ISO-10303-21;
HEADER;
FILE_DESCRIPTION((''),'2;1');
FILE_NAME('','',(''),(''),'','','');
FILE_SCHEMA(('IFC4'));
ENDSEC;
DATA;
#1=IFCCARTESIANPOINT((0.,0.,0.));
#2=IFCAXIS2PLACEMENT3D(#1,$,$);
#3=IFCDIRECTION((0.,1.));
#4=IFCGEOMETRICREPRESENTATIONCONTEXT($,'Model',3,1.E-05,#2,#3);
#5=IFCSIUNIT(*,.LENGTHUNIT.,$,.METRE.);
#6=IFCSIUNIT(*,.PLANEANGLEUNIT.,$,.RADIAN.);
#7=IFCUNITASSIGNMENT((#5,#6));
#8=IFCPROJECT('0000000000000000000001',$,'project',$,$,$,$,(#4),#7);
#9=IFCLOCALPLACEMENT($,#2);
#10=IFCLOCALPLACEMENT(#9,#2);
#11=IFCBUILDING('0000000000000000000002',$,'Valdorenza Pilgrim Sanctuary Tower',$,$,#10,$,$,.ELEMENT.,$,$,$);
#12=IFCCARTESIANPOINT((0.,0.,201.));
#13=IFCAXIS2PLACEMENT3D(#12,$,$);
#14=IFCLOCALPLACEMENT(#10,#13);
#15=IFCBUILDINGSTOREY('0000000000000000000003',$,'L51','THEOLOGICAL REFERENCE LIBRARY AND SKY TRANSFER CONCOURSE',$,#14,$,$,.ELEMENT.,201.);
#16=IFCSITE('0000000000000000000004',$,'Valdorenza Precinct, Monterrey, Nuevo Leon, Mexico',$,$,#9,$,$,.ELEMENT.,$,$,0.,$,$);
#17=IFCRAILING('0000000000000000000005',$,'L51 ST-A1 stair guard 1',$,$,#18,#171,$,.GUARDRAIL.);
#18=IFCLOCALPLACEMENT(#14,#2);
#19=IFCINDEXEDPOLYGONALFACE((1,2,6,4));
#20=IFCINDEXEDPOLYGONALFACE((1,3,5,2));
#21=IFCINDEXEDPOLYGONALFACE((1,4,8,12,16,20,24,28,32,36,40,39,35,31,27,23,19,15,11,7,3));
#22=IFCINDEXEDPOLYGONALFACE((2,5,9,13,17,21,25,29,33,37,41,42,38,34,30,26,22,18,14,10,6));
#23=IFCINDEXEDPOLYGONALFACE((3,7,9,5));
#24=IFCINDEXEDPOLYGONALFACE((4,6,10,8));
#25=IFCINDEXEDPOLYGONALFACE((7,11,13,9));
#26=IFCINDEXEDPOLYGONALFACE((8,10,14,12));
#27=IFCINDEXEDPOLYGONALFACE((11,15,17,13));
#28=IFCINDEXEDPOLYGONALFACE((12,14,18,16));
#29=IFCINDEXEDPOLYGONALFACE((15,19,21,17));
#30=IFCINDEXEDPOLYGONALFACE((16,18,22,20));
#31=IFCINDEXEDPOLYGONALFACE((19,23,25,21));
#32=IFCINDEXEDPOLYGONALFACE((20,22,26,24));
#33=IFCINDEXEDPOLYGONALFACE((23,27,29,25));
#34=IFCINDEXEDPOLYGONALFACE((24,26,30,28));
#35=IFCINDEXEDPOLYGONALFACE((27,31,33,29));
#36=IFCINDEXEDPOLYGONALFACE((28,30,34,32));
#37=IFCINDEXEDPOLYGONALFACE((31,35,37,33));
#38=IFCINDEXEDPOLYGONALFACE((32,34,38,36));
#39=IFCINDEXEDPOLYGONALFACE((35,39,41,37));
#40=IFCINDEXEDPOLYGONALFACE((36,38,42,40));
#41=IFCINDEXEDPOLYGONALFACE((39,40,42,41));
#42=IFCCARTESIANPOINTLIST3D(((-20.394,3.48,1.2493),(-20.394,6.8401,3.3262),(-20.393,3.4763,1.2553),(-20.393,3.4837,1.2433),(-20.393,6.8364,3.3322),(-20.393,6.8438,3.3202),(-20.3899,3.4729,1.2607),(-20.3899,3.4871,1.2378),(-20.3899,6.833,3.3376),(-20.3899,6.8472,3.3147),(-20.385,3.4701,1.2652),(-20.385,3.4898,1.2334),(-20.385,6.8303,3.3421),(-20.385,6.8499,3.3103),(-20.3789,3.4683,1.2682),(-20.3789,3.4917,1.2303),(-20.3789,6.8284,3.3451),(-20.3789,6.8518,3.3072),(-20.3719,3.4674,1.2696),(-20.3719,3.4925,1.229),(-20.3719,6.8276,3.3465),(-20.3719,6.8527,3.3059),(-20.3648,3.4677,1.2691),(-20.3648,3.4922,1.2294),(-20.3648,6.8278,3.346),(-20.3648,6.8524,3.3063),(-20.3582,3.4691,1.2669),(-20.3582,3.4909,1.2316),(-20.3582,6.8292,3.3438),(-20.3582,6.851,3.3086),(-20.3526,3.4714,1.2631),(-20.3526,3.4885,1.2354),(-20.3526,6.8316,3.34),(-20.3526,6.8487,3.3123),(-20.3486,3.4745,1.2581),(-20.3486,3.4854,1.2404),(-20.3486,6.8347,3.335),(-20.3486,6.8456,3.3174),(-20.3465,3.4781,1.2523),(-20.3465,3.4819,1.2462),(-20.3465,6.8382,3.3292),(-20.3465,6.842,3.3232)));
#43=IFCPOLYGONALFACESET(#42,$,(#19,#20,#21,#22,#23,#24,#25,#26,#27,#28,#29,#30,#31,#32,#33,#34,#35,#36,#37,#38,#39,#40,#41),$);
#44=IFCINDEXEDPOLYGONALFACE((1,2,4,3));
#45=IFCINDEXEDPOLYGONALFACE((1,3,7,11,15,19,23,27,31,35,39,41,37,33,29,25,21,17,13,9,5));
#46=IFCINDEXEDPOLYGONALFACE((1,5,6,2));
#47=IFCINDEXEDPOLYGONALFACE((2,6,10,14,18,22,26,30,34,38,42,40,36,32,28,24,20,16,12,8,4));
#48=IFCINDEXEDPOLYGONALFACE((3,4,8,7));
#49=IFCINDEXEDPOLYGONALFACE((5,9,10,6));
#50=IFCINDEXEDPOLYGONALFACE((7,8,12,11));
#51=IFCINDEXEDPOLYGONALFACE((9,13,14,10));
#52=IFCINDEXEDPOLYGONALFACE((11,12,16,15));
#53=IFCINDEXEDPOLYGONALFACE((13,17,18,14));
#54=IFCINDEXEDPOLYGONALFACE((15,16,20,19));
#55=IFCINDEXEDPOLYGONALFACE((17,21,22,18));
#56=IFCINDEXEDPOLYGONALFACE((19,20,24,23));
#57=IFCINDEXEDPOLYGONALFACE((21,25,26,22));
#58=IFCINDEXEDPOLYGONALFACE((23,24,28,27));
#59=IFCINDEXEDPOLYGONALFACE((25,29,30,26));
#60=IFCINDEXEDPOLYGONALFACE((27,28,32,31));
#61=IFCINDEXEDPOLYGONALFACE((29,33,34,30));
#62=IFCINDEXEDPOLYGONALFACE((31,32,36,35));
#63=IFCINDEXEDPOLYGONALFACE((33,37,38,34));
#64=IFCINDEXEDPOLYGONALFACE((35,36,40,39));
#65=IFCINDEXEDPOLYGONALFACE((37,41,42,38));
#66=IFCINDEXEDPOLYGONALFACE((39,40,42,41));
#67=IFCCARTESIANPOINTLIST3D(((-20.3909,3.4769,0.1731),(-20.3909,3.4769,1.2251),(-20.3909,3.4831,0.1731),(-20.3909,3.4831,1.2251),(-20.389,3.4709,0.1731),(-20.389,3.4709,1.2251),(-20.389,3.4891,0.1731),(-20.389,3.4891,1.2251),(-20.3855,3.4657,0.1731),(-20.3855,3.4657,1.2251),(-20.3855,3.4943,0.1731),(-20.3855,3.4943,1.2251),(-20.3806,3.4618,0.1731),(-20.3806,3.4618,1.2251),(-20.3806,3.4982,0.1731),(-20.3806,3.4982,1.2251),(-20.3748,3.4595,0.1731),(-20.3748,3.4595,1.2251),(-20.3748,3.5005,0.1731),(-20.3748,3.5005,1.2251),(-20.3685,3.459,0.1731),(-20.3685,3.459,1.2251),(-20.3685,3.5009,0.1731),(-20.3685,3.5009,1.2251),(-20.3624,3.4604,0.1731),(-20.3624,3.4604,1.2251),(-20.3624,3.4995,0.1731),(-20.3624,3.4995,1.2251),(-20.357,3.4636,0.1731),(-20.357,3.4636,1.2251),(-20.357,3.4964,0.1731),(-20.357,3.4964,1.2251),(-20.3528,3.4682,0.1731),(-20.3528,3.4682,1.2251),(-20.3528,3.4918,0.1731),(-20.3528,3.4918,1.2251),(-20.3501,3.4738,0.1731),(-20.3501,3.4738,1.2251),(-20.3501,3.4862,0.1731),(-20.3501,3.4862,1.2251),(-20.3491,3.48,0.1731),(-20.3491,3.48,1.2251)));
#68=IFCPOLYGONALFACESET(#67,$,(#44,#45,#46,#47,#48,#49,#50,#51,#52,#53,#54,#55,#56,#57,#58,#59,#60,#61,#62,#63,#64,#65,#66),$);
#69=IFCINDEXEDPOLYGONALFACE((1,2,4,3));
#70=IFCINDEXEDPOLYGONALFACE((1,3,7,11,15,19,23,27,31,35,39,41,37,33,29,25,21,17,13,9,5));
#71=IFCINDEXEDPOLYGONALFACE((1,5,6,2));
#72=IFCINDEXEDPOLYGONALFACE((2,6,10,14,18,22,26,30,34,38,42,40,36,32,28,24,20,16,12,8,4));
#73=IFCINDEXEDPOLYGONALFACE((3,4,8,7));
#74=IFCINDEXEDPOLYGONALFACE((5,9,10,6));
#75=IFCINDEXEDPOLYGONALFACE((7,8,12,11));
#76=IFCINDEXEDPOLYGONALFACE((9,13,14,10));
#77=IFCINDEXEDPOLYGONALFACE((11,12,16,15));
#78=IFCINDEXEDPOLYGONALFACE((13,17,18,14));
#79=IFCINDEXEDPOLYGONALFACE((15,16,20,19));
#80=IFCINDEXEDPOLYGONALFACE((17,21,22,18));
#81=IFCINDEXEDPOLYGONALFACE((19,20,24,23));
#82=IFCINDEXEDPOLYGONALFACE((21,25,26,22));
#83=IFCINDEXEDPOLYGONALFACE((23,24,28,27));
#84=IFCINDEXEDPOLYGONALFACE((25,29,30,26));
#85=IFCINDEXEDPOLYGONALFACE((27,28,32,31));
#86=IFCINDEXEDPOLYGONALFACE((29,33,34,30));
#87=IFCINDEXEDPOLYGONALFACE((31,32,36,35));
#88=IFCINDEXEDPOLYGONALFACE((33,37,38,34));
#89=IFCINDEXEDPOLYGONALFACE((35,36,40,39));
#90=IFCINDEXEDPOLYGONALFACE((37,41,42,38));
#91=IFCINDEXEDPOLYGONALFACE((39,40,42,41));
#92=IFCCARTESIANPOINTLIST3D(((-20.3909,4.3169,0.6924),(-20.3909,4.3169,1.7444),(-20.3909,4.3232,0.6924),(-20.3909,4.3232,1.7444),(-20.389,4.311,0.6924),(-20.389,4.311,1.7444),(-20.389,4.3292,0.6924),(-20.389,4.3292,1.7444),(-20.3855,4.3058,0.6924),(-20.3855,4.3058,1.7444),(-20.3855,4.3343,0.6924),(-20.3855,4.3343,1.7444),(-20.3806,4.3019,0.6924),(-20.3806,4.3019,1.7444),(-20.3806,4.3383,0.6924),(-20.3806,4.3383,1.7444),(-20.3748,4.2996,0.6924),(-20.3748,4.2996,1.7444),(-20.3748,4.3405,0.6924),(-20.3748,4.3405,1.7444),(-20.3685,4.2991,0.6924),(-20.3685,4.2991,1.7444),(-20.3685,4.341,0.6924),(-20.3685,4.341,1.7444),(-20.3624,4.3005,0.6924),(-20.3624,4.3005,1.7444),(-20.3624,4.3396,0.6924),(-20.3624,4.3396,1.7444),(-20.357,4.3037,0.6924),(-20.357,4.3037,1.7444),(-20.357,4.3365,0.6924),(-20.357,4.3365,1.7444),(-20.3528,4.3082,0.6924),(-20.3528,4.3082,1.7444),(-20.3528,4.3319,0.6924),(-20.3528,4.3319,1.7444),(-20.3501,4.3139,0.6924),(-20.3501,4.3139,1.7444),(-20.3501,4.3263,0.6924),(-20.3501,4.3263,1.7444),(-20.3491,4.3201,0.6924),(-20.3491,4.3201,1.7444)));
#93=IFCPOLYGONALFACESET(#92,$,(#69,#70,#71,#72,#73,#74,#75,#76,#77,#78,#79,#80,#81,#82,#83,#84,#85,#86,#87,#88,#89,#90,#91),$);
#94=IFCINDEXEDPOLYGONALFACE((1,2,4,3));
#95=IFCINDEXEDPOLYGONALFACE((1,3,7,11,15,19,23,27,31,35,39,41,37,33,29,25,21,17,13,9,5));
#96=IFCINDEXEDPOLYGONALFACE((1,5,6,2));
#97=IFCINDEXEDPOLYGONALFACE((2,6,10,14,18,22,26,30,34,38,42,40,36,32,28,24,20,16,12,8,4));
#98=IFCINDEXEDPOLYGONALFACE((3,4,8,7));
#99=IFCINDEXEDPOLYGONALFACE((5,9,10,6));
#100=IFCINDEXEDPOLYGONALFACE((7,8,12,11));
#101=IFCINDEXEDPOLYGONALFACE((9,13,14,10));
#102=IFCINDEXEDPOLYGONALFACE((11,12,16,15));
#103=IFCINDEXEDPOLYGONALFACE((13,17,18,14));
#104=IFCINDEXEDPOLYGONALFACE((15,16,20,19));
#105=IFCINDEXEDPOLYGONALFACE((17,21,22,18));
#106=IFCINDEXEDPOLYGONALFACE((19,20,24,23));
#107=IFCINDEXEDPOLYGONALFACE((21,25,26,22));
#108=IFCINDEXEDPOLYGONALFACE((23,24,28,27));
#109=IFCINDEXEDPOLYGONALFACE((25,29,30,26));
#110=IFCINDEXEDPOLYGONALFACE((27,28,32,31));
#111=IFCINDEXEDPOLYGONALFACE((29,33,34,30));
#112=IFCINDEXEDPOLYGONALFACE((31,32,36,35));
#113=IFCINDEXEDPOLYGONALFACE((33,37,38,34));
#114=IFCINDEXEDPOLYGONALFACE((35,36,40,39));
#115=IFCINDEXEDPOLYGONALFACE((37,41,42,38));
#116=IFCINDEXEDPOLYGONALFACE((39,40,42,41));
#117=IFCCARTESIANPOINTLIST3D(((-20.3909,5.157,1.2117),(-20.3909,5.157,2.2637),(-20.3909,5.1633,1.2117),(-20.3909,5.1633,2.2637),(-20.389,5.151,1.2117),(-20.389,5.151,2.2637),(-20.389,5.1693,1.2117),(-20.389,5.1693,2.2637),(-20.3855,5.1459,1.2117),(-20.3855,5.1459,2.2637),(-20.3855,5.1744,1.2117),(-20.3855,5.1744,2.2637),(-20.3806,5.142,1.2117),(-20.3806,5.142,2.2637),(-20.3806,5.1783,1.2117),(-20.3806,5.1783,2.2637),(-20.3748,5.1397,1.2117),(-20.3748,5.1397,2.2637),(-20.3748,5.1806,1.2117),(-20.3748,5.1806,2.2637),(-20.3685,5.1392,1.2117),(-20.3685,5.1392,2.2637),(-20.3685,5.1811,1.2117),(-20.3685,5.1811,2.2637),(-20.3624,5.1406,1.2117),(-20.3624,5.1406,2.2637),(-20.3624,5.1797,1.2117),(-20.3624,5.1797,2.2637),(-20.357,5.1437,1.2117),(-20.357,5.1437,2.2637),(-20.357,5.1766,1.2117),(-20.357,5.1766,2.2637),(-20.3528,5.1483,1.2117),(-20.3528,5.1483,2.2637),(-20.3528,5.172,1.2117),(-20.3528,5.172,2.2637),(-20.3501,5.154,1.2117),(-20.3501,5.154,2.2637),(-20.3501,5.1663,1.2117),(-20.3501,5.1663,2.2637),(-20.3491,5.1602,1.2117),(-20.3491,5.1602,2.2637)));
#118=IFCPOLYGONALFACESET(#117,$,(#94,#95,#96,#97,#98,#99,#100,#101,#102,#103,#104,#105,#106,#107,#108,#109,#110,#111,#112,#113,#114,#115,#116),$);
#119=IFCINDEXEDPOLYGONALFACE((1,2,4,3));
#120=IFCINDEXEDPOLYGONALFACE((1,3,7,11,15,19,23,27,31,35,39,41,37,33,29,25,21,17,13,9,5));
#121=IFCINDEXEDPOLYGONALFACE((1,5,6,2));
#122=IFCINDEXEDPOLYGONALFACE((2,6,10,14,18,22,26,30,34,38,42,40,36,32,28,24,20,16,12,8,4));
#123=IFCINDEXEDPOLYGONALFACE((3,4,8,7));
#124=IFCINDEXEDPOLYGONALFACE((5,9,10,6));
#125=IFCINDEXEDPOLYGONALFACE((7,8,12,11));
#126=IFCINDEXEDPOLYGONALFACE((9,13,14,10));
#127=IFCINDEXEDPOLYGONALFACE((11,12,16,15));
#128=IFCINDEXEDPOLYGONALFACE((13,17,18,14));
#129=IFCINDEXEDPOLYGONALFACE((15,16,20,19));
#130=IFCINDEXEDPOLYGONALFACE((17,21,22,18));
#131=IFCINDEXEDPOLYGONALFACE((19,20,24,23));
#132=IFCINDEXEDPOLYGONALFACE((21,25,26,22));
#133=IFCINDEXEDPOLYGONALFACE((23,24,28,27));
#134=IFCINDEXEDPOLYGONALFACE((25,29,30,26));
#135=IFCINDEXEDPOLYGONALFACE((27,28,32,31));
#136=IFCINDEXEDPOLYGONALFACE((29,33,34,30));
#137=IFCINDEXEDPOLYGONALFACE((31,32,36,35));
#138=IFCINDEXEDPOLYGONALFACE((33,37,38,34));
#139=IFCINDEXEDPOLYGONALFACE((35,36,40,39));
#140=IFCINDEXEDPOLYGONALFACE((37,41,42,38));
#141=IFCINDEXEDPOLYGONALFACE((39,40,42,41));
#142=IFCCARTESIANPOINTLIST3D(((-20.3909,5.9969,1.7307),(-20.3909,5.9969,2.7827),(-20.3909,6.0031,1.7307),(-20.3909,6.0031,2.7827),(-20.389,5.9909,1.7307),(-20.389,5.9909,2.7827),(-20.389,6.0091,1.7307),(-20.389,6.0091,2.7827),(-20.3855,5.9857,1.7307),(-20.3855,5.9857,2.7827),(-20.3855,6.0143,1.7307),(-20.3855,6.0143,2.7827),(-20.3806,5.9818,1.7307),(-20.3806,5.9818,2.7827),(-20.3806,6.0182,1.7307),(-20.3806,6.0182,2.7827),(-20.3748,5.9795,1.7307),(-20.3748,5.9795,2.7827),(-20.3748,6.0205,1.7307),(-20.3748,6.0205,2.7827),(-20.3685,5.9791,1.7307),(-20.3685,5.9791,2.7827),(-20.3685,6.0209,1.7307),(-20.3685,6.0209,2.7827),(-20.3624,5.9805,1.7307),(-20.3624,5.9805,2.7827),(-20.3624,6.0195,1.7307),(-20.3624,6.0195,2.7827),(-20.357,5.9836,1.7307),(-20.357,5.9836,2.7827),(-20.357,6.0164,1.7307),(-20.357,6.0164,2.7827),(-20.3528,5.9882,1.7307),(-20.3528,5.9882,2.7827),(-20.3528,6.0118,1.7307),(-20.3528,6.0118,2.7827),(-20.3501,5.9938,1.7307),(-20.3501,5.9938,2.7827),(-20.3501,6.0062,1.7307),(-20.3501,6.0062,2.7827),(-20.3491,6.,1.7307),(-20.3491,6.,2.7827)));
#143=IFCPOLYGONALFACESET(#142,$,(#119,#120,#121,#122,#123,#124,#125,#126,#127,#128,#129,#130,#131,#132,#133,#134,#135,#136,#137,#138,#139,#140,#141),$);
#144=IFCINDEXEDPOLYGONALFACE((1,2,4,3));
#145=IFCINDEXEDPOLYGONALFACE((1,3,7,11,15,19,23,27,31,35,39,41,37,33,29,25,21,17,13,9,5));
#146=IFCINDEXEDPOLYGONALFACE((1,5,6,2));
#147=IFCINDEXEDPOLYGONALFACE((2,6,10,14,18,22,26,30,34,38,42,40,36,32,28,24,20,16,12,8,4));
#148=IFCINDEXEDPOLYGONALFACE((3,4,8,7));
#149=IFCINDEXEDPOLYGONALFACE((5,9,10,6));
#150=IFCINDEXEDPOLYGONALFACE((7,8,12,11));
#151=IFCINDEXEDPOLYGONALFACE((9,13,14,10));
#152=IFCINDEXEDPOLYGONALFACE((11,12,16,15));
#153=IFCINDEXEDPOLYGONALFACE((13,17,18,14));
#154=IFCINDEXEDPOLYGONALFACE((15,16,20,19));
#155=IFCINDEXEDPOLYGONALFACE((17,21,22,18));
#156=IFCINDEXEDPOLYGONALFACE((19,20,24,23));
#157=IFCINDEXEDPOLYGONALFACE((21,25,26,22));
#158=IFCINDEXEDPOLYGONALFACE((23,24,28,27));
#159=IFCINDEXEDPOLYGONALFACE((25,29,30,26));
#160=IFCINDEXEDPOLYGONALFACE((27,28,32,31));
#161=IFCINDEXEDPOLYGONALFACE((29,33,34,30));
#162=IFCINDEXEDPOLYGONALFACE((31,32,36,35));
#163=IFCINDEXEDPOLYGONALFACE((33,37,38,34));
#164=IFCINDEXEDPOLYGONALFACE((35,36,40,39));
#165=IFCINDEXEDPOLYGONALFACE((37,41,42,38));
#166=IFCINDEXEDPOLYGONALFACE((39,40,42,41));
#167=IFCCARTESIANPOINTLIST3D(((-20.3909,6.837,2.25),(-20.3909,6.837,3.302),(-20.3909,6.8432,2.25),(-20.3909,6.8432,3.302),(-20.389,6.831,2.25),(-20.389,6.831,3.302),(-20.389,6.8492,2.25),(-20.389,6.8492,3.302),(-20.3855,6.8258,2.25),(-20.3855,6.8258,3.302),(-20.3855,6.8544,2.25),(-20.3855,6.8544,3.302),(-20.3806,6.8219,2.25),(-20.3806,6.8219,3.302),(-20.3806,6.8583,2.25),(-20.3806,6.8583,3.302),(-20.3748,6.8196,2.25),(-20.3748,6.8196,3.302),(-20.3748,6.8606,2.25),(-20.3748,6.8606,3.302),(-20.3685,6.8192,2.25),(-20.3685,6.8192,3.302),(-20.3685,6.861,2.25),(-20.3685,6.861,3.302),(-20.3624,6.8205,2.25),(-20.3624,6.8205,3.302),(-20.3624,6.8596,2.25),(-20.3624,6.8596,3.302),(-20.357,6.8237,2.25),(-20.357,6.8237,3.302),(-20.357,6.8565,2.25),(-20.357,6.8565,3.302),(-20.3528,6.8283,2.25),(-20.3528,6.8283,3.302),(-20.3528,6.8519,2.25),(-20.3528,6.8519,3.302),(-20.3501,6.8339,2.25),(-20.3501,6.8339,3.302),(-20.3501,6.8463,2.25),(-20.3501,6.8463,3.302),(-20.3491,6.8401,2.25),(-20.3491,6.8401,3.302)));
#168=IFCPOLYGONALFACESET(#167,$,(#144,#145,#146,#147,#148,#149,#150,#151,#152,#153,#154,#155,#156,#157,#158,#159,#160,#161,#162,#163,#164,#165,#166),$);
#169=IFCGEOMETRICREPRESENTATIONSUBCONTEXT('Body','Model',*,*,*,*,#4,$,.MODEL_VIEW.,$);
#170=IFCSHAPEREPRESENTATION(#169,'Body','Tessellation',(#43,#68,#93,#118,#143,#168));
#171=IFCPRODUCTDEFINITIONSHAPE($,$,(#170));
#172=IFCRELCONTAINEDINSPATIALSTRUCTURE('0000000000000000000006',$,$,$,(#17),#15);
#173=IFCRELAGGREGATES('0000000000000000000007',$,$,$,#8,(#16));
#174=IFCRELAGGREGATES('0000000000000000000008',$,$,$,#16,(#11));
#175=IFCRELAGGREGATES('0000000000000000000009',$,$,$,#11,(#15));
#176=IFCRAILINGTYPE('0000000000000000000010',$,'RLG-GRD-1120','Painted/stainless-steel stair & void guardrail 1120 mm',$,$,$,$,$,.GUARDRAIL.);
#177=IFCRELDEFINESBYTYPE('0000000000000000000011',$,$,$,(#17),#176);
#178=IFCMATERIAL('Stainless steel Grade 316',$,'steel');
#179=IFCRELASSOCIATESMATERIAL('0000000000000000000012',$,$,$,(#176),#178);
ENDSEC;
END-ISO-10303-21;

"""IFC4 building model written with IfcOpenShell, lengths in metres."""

from ifc_helpers import new_model, si_unit, direction, frame, origin, origin_2d, place, context, subcontext, project, spatial, circle, extrude, material, type_object, element, save


model = new_model("IFC4")

# Units and contexts
model_context = context("Model", 3, precision=1e-05, world=origin(), true_north=direction((0.0, 1.0)))
body_context = subcontext(model_context, "Body", "Model", "MODEL_VIEW")
ifc_project = project(units=[si_unit("LENGTHUNIT", "METRE"), si_unit("PLANEANGLEUNIT", "RADIAN")], contexts=[model_context])

# Site, building, storey
site_placement = place(None, origin())
site = spatial("IfcSite", under=ifc_project, at=site_placement, Name="Valdorenza Precinct, Monterrey, Nuevo Leon, Mexico", CompositionType="ELEMENT", RefElevation=0.0)
building_placement = place(site_placement, origin())
building = spatial("IfcBuilding", under=site, at=building_placement, Name="Valdorenza Pilgrim Sanctuary Tower", CompositionType="ELEMENT")
storey_placement = place(building_placement, frame((0.0, 0.0, 201.0)))
storey = spatial("IfcBuildingStorey", under=building, at=storey_placement, Name="L51", Description="THEOLOGICAL REFERENCE LIBRARY AND SKY TRANSFER CONCOURSE", CompositionType="ELEMENT", Elevation=201.0)

# Railing
ifc_material_1 = material(Name="Stainless steel Grade 316", Category="steel")
railing_type_1 = type_object("IfcRailingType", Name="RLG-GRD-1120", Description="Painted/stainless-steel stair & void guardrail 1120 mm", PredefinedType="GUARDRAIL", material=ifc_material_1)
railing_1_placement = place(storey_placement, frame((-20.3701, 3.48, 0.1731)))
element("IfcRailing", 1, at=railing_1_placement, inside=storey, type_object=railing_type_1, Name="L51 ST-A1 stair guard 1", PredefinedType="GUARDRAIL", context=body_context, shape_type="SweptSolid", body=[
    extrude(circle(Radius=0.0239, at=origin_2d()), frame((0.0, 0.0, 1.0762), z_axis=(0.0, 0.850623, 0.525776), x_axis=(-1.0, 0.0, 0.0)), (0.0, 0.0, 1.0), 3.9502),
    extrude(circle(Radius=0.021, at=origin_2d()), origin(), (0.0, 0.0, 1.0), 1.052),
    extrude(circle(Radius=0.021, at=origin_2d()), frame((0.0, 0.8401, 0.5193)), (0.0, 0.0, 1.0), 1.052),
    extrude(circle(Radius=0.021, at=origin_2d()), frame((0.0, 1.6802, 1.0386)), (0.0, 0.0, 1.0), 1.052),
    extrude(circle(Radius=0.021, at=origin_2d()), frame((0.0, 2.52, 1.5576)), (0.0, 0.0, 1.0), 1.052),
    extrude(circle(Radius=0.021, at=origin_2d()), frame((0.0, 3.3601, 2.0769)), (0.0, 0.0, 1.0), 1.052),
])

save(model, "model.ifc")
